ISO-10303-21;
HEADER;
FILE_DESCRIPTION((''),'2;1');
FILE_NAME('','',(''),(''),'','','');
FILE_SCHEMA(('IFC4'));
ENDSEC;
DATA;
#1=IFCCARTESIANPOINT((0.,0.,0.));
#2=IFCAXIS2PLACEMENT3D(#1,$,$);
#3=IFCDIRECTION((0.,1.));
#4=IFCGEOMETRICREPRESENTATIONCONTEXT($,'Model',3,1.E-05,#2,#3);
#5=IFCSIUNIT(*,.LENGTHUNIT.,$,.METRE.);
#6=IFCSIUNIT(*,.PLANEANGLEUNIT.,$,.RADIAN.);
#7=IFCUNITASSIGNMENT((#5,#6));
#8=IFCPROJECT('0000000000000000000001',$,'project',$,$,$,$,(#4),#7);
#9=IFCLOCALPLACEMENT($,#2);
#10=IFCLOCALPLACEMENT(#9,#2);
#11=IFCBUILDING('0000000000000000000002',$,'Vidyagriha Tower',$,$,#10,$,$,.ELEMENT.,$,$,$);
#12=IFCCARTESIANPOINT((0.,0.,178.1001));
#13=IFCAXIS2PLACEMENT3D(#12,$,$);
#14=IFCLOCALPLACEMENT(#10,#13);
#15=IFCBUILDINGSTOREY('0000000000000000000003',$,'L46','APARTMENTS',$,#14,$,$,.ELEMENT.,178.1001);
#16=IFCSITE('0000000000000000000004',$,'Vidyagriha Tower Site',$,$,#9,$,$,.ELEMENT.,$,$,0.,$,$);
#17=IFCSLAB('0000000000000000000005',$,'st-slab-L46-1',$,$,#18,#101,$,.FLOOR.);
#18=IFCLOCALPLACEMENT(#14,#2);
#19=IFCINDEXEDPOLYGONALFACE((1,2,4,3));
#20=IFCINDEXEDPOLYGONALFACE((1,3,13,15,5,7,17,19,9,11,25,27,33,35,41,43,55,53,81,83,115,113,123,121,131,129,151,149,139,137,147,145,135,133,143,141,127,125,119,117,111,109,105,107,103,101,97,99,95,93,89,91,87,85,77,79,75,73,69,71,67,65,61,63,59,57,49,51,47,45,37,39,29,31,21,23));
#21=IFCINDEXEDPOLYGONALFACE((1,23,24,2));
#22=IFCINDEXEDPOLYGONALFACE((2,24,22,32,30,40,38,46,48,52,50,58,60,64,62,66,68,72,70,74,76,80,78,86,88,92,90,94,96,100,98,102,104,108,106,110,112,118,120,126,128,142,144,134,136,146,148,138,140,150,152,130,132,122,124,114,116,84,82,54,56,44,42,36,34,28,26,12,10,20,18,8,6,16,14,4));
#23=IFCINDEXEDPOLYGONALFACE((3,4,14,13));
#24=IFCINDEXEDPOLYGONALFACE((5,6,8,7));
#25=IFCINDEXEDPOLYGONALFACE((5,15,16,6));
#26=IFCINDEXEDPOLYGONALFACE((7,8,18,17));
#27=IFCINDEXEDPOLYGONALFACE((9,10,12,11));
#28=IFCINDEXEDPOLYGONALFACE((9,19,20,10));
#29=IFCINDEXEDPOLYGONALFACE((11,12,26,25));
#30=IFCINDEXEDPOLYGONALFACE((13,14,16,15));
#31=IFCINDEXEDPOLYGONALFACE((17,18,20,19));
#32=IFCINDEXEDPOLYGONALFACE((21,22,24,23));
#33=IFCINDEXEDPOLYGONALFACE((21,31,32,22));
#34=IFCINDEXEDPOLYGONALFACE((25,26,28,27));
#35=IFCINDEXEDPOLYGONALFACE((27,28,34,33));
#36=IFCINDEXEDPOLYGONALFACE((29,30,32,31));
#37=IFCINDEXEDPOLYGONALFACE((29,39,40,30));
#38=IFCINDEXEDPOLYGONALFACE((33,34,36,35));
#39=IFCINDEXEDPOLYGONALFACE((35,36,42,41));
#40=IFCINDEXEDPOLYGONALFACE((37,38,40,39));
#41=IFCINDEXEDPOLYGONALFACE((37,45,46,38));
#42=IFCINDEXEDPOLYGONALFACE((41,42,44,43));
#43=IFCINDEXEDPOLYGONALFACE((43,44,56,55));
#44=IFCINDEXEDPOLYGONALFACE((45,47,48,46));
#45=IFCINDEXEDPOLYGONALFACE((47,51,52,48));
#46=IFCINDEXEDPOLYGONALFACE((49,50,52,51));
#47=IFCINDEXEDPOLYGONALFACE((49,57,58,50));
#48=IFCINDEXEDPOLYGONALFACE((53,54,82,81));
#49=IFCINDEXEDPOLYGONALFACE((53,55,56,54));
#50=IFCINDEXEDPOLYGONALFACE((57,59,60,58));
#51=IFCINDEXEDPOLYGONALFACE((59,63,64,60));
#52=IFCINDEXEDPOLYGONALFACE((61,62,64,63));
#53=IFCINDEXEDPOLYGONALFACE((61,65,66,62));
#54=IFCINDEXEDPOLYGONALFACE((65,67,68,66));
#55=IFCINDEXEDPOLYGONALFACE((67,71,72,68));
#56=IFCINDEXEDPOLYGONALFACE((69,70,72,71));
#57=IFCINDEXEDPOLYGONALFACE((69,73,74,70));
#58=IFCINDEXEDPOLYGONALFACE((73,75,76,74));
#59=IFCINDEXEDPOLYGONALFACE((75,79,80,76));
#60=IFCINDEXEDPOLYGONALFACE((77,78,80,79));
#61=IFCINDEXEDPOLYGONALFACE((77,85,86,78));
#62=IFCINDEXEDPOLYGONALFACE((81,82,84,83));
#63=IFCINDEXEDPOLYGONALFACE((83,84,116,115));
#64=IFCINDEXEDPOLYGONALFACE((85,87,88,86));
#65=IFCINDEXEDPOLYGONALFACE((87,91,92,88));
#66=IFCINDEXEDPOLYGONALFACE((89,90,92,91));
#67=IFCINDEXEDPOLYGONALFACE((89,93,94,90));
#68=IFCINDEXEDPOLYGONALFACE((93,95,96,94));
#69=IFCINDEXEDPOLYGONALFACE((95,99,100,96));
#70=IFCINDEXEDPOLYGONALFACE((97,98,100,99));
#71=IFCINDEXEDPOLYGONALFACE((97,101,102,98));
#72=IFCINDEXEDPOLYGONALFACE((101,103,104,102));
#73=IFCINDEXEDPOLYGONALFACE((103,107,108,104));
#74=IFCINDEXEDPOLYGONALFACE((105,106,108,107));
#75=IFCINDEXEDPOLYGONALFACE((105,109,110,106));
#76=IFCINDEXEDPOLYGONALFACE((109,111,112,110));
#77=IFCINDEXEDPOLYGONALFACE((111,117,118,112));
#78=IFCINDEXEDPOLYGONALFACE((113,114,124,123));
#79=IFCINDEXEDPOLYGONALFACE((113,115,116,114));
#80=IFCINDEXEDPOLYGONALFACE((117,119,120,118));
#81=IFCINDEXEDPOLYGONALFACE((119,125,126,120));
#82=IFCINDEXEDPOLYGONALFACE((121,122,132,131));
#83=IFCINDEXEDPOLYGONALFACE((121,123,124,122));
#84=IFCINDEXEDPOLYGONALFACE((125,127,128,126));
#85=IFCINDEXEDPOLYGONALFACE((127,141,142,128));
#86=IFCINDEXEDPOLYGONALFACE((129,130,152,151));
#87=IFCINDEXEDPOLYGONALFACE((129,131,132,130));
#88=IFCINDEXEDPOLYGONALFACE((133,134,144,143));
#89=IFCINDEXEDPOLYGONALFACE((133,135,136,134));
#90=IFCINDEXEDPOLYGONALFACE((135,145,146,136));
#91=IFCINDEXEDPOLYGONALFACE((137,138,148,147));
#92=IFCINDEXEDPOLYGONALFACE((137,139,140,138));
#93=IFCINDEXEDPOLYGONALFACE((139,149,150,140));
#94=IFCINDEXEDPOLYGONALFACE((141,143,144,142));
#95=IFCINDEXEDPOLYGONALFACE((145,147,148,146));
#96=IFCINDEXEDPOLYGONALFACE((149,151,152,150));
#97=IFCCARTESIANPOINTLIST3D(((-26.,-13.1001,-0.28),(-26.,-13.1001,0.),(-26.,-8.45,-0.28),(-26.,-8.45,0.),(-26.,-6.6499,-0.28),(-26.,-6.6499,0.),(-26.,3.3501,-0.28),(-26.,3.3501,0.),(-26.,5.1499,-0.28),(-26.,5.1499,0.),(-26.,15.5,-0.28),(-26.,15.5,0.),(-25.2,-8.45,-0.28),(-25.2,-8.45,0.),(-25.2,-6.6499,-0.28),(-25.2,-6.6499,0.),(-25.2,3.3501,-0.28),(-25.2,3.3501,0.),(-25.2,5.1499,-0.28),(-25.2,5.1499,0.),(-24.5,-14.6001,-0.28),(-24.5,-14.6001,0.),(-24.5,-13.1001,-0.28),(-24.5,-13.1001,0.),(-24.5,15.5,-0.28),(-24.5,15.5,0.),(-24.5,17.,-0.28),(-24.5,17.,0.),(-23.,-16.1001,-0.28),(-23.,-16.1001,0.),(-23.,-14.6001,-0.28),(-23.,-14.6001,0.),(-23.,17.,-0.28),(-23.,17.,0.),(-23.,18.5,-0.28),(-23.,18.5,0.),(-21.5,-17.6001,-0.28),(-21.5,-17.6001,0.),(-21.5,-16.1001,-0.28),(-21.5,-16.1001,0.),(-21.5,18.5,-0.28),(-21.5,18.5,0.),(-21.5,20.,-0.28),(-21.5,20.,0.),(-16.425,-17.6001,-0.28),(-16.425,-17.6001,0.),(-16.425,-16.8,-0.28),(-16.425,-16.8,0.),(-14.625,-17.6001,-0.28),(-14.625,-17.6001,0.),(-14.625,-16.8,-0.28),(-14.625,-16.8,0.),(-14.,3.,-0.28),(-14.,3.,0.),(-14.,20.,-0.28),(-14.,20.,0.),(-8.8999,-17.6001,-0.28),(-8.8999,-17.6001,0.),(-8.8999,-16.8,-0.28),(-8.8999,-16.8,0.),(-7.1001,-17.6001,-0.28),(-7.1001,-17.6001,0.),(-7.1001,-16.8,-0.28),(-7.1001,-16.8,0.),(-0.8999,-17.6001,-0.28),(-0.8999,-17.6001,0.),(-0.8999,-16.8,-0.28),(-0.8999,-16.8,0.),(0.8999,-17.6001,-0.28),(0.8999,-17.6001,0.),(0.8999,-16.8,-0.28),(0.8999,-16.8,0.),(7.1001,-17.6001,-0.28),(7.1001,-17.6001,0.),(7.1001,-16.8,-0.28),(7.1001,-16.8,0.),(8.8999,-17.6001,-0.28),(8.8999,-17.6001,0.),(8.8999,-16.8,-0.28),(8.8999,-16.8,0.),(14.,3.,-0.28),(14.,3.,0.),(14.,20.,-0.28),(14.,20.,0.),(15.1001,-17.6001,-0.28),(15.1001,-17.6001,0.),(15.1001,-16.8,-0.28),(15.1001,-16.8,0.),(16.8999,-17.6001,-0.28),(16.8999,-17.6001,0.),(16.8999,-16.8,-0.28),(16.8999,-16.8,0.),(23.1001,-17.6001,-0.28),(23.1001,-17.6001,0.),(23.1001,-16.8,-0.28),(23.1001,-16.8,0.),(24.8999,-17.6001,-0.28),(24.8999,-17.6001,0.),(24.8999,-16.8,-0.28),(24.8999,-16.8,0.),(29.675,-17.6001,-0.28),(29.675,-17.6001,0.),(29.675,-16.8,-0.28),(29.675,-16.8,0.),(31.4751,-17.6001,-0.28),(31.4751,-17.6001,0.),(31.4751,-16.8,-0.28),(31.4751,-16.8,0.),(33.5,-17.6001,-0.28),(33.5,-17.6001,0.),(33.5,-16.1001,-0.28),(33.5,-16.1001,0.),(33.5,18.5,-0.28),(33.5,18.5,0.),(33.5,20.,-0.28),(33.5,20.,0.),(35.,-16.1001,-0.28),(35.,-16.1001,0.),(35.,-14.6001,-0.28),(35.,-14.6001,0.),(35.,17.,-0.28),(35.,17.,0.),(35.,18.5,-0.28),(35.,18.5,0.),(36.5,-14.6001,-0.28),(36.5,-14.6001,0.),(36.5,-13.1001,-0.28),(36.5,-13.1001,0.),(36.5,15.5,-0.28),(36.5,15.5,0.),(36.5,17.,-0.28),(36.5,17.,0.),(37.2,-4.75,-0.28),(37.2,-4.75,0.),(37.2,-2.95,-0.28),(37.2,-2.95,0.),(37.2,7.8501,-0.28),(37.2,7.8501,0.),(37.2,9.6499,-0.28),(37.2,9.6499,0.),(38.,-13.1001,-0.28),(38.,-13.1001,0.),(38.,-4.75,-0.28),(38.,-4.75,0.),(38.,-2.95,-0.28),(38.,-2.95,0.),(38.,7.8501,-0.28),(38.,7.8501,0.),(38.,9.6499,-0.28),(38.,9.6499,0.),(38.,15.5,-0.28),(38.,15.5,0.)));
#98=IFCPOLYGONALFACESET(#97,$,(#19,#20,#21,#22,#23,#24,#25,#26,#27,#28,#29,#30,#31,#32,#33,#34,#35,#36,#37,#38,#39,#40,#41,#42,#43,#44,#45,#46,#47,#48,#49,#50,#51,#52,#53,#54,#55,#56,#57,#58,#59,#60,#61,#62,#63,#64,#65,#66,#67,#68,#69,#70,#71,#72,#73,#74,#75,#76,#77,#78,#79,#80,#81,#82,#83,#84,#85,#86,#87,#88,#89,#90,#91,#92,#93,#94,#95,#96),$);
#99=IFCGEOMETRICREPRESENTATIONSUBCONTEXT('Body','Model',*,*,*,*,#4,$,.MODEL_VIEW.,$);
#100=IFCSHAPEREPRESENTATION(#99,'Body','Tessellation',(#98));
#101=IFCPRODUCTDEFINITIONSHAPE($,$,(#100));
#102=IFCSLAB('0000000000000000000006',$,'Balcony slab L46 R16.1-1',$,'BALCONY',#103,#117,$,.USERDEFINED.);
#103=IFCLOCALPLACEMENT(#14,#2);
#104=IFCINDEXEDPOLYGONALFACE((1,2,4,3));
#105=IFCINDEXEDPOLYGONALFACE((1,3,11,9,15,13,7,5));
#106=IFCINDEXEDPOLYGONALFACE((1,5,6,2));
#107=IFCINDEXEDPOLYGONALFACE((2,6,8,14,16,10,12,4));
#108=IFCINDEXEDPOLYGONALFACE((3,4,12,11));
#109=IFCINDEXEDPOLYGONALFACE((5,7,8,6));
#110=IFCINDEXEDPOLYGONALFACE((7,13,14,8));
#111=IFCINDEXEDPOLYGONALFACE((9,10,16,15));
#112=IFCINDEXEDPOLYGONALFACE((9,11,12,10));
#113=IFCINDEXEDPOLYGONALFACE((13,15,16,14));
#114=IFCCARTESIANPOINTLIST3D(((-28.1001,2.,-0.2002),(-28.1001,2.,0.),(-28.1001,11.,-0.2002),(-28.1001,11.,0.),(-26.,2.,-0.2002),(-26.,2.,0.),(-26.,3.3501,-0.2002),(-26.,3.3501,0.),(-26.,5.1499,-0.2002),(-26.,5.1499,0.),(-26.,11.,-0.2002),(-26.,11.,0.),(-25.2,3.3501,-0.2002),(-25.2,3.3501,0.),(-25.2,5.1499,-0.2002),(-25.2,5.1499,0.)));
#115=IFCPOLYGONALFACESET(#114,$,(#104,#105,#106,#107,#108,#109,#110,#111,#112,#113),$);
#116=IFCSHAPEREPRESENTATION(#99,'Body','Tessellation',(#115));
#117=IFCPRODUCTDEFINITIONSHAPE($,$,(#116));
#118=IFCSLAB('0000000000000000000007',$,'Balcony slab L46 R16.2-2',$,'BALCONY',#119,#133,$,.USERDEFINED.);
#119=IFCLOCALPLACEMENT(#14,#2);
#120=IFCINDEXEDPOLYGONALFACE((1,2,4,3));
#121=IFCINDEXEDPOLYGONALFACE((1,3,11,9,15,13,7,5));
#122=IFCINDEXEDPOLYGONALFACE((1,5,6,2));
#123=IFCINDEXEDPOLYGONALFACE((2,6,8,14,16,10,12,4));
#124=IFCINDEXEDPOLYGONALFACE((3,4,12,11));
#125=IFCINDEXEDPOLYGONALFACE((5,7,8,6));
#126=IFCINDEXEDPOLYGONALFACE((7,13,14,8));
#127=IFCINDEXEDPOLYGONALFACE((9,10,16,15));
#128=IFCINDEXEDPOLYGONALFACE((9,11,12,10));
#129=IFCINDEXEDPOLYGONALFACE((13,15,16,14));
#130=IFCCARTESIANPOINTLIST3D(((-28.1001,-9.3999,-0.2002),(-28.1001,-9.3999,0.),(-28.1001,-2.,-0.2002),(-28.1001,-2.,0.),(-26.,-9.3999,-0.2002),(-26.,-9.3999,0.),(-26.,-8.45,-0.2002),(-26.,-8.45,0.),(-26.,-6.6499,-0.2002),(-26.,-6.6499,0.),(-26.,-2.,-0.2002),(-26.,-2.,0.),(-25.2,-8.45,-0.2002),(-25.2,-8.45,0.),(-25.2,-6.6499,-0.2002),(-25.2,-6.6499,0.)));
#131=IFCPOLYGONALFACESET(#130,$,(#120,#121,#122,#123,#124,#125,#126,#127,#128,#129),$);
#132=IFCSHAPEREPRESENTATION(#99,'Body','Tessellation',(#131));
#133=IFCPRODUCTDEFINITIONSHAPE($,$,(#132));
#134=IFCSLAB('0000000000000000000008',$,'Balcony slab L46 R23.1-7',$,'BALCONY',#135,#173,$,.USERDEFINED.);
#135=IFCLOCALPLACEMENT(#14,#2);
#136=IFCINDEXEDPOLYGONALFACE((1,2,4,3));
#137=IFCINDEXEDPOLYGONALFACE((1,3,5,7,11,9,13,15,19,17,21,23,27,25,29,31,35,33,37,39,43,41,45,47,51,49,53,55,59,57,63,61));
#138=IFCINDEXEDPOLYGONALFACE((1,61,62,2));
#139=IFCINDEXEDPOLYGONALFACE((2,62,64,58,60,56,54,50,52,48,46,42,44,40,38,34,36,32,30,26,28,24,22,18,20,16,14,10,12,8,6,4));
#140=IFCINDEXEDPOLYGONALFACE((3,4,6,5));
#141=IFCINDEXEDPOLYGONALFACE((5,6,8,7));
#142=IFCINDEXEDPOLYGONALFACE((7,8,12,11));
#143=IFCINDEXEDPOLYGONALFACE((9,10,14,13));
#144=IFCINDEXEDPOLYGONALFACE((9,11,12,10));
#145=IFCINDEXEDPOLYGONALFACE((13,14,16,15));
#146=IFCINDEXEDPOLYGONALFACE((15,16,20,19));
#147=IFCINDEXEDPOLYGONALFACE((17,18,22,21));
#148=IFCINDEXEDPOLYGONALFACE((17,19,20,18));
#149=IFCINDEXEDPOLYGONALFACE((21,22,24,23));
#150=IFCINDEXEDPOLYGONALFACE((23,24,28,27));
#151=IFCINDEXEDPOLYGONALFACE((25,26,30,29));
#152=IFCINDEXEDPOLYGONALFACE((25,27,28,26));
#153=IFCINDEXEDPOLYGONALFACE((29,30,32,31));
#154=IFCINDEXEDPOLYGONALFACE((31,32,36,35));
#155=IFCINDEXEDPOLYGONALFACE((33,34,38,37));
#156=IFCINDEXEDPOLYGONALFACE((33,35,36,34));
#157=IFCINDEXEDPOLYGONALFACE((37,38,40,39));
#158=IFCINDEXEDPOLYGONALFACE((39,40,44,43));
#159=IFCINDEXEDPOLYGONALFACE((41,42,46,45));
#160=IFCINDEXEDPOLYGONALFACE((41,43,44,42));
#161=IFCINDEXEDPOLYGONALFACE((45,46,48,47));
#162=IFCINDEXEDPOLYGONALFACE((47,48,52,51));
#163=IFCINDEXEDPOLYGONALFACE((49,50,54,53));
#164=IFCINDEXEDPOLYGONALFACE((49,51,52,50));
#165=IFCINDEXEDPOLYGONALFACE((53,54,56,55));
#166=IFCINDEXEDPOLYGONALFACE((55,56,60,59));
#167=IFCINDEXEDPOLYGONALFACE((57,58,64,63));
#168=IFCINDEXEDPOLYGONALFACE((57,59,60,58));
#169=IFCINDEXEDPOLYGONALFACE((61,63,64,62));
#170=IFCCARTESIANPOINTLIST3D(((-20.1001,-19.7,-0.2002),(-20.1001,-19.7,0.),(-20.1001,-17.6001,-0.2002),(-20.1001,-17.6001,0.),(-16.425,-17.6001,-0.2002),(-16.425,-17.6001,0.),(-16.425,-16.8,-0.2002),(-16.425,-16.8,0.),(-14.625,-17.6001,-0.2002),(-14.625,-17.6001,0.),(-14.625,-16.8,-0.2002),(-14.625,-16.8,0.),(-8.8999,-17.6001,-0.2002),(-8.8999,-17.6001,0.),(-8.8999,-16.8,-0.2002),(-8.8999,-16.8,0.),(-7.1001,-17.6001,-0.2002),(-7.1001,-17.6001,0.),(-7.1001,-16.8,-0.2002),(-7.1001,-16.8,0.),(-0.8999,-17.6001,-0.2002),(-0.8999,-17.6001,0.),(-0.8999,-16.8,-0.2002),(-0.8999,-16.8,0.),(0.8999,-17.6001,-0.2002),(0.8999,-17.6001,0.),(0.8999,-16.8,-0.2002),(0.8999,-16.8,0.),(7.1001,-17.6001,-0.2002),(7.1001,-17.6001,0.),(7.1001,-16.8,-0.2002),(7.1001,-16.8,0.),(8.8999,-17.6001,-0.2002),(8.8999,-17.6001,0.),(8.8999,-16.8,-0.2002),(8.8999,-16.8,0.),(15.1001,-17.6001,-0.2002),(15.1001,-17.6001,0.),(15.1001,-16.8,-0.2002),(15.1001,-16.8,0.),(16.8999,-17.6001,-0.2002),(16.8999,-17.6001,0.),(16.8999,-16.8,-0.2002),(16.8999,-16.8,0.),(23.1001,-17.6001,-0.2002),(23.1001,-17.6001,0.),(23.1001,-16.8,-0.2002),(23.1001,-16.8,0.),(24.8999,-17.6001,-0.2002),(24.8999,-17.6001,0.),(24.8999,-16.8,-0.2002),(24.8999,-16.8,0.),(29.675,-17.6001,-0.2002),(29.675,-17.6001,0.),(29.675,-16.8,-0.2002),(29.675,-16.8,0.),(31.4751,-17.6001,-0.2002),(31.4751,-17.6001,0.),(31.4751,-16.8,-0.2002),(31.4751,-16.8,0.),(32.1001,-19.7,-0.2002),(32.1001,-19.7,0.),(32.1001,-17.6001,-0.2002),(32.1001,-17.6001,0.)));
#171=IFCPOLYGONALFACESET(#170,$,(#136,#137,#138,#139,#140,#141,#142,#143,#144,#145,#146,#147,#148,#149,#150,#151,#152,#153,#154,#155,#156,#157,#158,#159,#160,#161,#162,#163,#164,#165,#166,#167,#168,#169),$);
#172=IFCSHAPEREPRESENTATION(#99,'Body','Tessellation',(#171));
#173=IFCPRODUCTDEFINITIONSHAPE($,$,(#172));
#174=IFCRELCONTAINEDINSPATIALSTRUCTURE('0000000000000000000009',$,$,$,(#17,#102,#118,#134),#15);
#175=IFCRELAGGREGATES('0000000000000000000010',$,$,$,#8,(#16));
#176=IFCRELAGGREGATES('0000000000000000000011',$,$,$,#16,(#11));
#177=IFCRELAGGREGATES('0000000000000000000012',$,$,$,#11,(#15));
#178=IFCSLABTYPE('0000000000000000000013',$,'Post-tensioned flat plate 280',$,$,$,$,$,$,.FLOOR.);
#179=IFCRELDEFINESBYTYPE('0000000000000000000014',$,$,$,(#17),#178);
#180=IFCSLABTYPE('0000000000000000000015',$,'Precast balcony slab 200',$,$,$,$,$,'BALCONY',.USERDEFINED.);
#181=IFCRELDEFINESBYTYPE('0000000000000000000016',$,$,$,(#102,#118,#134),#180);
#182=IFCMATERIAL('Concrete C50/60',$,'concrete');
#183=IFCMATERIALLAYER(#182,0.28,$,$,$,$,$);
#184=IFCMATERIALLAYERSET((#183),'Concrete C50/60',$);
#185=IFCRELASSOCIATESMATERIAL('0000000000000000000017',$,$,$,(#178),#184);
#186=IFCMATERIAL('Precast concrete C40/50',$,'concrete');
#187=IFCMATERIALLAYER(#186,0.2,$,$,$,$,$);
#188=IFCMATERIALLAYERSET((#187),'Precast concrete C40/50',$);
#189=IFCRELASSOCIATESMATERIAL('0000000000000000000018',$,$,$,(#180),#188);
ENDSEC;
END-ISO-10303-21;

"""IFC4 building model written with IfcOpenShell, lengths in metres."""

from ifc_helpers import new_model, si_unit, direction, frame, origin, place, context, subcontext, project, spatial, polyline, outline, extrude, material, layer, layer_set, type_object, element, save


model = new_model("IFC4")

# Units and contexts
model_context = context("Model", 3, precision=1e-05, world=origin(), true_north=direction((0.0, 1.0)))
body_context = subcontext(model_context, "Body", "Model", "MODEL_VIEW")
ifc_project = project(units=[si_unit("LENGTHUNIT", "METRE"), si_unit("PLANEANGLEUNIT", "RADIAN")], contexts=[model_context])

# Site, building, storey
site_placement = place(None, origin())
site = spatial("IfcSite", under=ifc_project, at=site_placement, Name="Vidyagriha Tower Site", CompositionType="ELEMENT", RefElevation=0.0)
building_placement = place(site_placement, origin())
building = spatial("IfcBuilding", under=site, at=building_placement, Name="Vidyagriha Tower", CompositionType="ELEMENT")
storey_placement = place(building_placement, frame((0.0, 0.0, 178.1001)))
storey = spatial("IfcBuildingStorey", under=building, at=storey_placement, Name="L46", Description="APARTMENTS", CompositionType="ELEMENT", Elevation=178.1001)

# Slabs
ifc_material_1 = material(Name="Concrete C50/60", Category="concrete")
ifc_layer_1 = layer(ifc_material_1, 0.28)
ifc_layer_set_1 = layer_set([ifc_layer_1], Name="Concrete C50/60")
slab_type_1 = type_object("IfcSlabType", Name="Post-tensioned flat plate 280", PredefinedType="FLOOR", material=ifc_layer_set_1)
slab_1_placement = place(storey_placement, frame((0.0, 0.0, -0.28)))
element("IfcSlab", 1, at=slab_1_placement, inside=storey, type_object=slab_type_1, Name="st-slab-L46-1", PredefinedType="FLOOR", context=body_context, shape_type="SweptSolid", body=[
    extrude(outline(polyline([(36.5, -14.6001), (35.0, -14.6001), (35.0, -16.1001), (33.5, -16.1001), (33.5, -17.6001), (31.4751, -17.6001), (31.4751, -16.8), (29.675, -16.8), (29.675, -17.6001), (24.8999, -17.6001), (24.8999, -16.8), (23.1001, -16.8), (23.1001, -17.6001), (16.8999, -17.6001), (16.8999, -16.8), (15.1001, -16.8), (15.1001, -17.6001), (8.8999, -17.6001), (8.8999, -16.8), (7.1001, -16.8), (7.1001, -17.6001), (0.8999, -17.6001), (0.8999, -16.8), (-0.8999, -16.8), (-0.8999, -17.6001), (-7.1001, -17.6001), (-7.1001, -16.8), (-8.8999, -16.8), (-8.8999, -17.6001), (-14.625, -17.6001), (-14.625, -16.8), (-16.425, -16.8), (-16.425, -17.6001), (-21.5, -17.6001), (-21.5, -16.1001), (-23.0, -16.1001), (-23.0, -14.6001), (-24.5, -14.6001), (-24.5, -13.1001), (-26.0, -13.1001), (-26.0, -8.45), (-25.2, -8.45), (-25.2, -6.6499), (-26.0, -6.6499), (-26.0, 3.3501), (-25.2, 3.3501), (-25.2, 5.1499), (-26.0, 5.1499), (-26.0, 15.5), (-24.5, 15.5), (-24.5, 17.0), (-23.0, 17.0), (-23.0, 18.5), (-21.5, 18.5), (-21.5, 20.0), (-14.0, 20.0), (-14.0, 3.0), (14.0, 3.0), (14.0, 20.0), (33.5, 20.0), (33.5, 18.5), (35.0, 18.5), (35.0, 17.0), (36.5, 17.0), (36.5, 15.5), (38.0, 15.5), (38.0, 9.6499), (37.2, 9.6499), (37.2, 7.8501), (38.0, 7.8501), (38.0, -2.95), (37.2, -2.95), (37.2, -4.75), (38.0, -4.75), (38.0, -13.1001), (36.5, -13.1001), (36.5, -14.6001)])), origin(), (0.0, 0.0, 1.0), 0.28),
])
ifc_material_2 = material(Name="Precast concrete C40/50", Category="concrete")
ifc_layer_2 = layer(ifc_material_2, 0.2)
ifc_layer_set_2 = layer_set([ifc_layer_2], Name="Precast concrete C40/50")
slab_type_2 = type_object("IfcSlabType", Name="Precast balcony slab 200", ElementType="BALCONY", PredefinedType="USERDEFINED", material=ifc_layer_set_2)
slab_2_placement = place(storey_placement, frame((0.0, 0.0, -0.2002)))
element("IfcSlab", 2, at=slab_2_placement, inside=storey, type_object=slab_type_2, Name="Balcony slab L46 R16.1-1", ObjectType="BALCONY", PredefinedType="USERDEFINED", context=body_context, shape_type="SweptSolid", body=[
    extrude(outline(polyline([(-25.2, 3.3501), (-25.2, 5.1499), (-26.0, 5.1499), (-26.0, 11.0), (-28.1001, 11.0), (-28.1001, 2.0), (-26.0, 2.0), (-26.0, 3.3501), (-25.2, 3.3501)])), origin(), (0.0, 0.0, 1.0), 0.2002),
])
slab_3_placement = place(storey_placement, frame((0.0, 0.0, -0.2002)))
element("IfcSlab", 3, at=slab_3_placement, inside=storey, type_object=slab_type_2, Name="Balcony slab L46 R16.2-2", ObjectType="BALCONY", PredefinedType="USERDEFINED", context=body_context, shape_type="SweptSolid", body=[
    extrude(outline(polyline([(-25.2, -8.45), (-25.2, -6.6499), (-26.0, -6.6499), (-26.0, -2.0), (-28.1001, -2.0), (-28.1001, -9.3999), (-26.0, -9.3999), (-26.0, -8.45), (-25.2, -8.45)])), origin(), (0.0, 0.0, 1.0), 0.2002),
])
slab_4_placement = place(storey_placement, frame((0.0, 0.0, -0.2002)))
element("IfcSlab", 4, at=slab_4_placement, inside=storey, type_object=slab_type_2, Name="Balcony slab L46 R23.1-7", ObjectType="BALCONY", PredefinedType="USERDEFINED", context=body_context, shape_type="SweptSolid", body=[
    extrude(outline(polyline([(-14.625, -16.8), (-16.425, -16.8), (-16.425, -17.6001), (-20.1001, -17.6001), (-20.1001, -19.7), (32.1001, -19.7), (32.1001, -17.6001), (31.4751, -17.6001), (31.4751, -16.8), (29.675, -16.8), (29.675, -17.6001), (24.8999, -17.6001), (24.8999, -16.8), (23.1001, -16.8), (23.1001, -17.6001), (16.8999, -17.6001), (16.8999, -16.8), (15.1001, -16.8), (15.1001, -17.6001), (8.8999, -17.6001), (8.8999, -16.8), (7.1001, -16.8), (7.1001, -17.6001), (0.8999, -17.6001), (0.8999, -16.8), (-0.8999, -16.8), (-0.8999, -17.6001), (-7.1001, -17.6001), (-7.1001, -16.8), (-8.8999, -16.8), (-8.8999, -17.6001), (-14.625, -17.6001), (-14.625, -16.8)])), origin(), (0.0, 0.0, 1.0), 0.2002),
])

save(model, "model.ifc")
